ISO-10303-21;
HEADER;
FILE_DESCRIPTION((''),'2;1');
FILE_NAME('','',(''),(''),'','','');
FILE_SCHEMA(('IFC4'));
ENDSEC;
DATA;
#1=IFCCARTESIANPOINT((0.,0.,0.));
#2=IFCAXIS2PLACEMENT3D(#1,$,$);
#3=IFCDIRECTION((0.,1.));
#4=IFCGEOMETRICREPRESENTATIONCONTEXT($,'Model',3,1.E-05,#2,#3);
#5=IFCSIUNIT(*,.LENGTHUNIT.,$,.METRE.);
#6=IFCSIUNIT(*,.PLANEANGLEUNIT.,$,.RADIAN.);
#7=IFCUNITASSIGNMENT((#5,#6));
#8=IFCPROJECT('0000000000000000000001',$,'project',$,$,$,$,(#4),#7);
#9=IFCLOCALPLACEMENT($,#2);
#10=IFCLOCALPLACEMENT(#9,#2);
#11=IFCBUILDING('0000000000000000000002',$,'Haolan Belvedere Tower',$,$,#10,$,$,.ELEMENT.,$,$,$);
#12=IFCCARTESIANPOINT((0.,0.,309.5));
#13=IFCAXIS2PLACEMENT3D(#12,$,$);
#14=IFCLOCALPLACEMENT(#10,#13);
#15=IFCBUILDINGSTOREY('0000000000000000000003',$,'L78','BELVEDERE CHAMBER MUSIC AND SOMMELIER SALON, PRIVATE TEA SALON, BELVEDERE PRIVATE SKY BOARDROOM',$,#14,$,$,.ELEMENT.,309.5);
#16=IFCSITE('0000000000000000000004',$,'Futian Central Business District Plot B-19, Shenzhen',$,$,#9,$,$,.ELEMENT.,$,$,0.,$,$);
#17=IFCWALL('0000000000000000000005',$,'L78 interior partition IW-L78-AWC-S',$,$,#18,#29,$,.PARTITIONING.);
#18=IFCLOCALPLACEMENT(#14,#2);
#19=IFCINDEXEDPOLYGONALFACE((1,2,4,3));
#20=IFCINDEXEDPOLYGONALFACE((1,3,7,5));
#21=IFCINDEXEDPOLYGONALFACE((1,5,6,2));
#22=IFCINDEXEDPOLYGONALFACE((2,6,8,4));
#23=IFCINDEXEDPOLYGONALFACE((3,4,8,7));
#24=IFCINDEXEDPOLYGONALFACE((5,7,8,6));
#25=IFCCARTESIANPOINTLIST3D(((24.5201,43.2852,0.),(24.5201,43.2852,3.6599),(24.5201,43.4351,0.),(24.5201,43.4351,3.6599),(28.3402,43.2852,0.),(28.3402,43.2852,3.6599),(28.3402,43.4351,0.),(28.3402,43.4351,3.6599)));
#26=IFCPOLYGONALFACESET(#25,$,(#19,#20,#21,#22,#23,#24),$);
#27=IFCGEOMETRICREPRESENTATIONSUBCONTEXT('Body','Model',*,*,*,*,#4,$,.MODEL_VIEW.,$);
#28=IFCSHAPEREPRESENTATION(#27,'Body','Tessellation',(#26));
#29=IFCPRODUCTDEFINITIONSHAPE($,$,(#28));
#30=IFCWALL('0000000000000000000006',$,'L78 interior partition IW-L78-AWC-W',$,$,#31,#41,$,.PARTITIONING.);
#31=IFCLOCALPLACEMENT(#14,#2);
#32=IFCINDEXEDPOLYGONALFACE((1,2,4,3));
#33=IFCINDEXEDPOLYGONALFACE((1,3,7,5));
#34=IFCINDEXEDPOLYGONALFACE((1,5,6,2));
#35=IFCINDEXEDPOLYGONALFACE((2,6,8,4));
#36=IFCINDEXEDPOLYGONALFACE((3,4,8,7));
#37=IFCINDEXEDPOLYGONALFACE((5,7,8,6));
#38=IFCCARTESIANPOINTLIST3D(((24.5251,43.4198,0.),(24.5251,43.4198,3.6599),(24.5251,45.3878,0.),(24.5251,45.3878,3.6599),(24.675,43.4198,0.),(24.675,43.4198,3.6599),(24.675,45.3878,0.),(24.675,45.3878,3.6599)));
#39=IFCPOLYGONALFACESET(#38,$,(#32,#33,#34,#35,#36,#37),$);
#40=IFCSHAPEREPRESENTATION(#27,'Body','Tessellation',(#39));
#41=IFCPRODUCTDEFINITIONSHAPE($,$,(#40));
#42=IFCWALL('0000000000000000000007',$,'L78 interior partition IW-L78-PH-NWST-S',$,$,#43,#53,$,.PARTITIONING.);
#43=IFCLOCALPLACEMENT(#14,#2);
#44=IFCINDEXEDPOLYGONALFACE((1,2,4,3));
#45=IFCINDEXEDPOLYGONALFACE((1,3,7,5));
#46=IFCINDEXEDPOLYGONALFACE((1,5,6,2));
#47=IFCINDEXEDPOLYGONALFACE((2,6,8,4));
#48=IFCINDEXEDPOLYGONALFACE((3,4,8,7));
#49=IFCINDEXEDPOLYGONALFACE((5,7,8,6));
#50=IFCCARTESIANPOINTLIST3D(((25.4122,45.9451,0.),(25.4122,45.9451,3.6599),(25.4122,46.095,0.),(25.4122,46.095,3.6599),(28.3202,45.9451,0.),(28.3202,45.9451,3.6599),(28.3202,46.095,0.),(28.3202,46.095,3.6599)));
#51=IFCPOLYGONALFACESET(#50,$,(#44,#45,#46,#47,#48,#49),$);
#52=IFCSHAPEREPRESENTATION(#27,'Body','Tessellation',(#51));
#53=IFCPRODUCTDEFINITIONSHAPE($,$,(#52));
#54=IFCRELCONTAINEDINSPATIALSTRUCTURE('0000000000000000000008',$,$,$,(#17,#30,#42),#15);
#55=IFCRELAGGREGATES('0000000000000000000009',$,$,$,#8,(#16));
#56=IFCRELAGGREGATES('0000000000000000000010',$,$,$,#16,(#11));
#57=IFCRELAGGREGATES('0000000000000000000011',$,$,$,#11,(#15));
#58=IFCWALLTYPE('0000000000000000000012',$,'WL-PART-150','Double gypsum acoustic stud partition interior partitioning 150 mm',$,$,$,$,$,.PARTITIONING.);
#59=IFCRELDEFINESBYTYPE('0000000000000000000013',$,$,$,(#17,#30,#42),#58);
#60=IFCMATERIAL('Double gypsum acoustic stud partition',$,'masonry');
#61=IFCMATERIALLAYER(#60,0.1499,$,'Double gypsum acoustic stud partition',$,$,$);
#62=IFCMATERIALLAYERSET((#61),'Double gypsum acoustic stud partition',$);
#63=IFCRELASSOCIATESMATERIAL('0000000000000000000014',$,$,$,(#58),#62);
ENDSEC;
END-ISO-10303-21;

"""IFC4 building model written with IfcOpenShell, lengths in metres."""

from ifc_helpers import new_model, si_unit, direction, frame, frame_2d, origin, place, context, subcontext, project, spatial, rectangle, extrude, material, layer, layer_set, type_object, element, save


model = new_model("IFC4")

# Units and contexts
model_context = context("Model", 3, precision=1e-05, world=origin(), true_north=direction((0.0, 1.0)))
body_context = subcontext(model_context, "Body", "Model", "MODEL_VIEW")
ifc_project = project(units=[si_unit("LENGTHUNIT", "METRE"), si_unit("PLANEANGLEUNIT", "RADIAN")], contexts=[model_context])

# Site, building, storey
site_placement = place(None, origin())
site = spatial("IfcSite", under=ifc_project, at=site_placement, Name="Futian Central Business District Plot B-19, Shenzhen", CompositionType="ELEMENT", RefElevation=0.0)
building_placement = place(site_placement, origin())
building = spatial("IfcBuilding", under=site, at=building_placement, Name="Haolan Belvedere Tower", CompositionType="ELEMENT")
storey_placement = place(building_placement, frame((0.0, 0.0, 309.5)))
storey = spatial("IfcBuildingStorey", under=building, at=storey_placement, Name="L78", Description="BELVEDERE CHAMBER MUSIC AND SOMMELIER SALON, PRIVATE TEA SALON, BELVEDERE PRIVATE SKY BOARDROOM", CompositionType="ELEMENT", Elevation=309.5)

# Walls
ifc_material_1 = material(Name="Double gypsum acoustic stud partition", Category="masonry")
ifc_layer_1 = layer(ifc_material_1, 0.1499, Name="Double gypsum acoustic stud partition")
ifc_layer_set_1 = layer_set([ifc_layer_1], Name="Double gypsum acoustic stud partition")
wall_type_1 = type_object("IfcWallType", Name="WL-PART-150", Description="Double gypsum acoustic stud partition interior partitioning 150 mm", PredefinedType="PARTITIONING", material=ifc_layer_set_1)
wall_1_placement = place(storey_placement, frame((24.52, 43.3601, 0.0), z_axis=(0.0, 0.0, 1.0), x_axis=(1.0, 0.0, 0.0)))
element("IfcWall", 1, at=wall_1_placement, inside=storey, type_object=wall_type_1, Name="L78 interior partition IW-L78-AWC-S", PredefinedType="PARTITIONING", context=body_context, shape_type="SweptSolid", body=[
    extrude(rectangle(XDim=3.8201, YDim=0.1499, at=frame_2d((1.9102, 0.0))), origin(), (0.0, 0.0, 1.0), 3.6599),
])
wall_2_placement = place(storey_placement, frame((24.6001, 43.4199, 0.0), z_axis=(0.0, 0.0, 1.0), x_axis=(0.0, 1.0, 0.0)))
element("IfcWall", 2, at=wall_2_placement, inside=storey, type_object=wall_type_1, Name="L78 interior partition IW-L78-AWC-W", PredefinedType="PARTITIONING", context=body_context, shape_type="SweptSolid", body=[
    extrude(rectangle(XDim=1.968, YDim=0.1499, at=frame_2d((0.9839, 0.0))), origin(), (0.0, 0.0, 1.0), 3.6599),
])
wall_3_placement = place(storey_placement, frame((25.4121, 46.02, 0.0), z_axis=(0.0, 0.0, 1.0), x_axis=(1.0, 0.0, 0.0)))
element("IfcWall", 3, at=wall_3_placement, inside=storey, type_object=wall_type_1, Name="L78 interior partition IW-L78-PH-NWST-S", PredefinedType="PARTITIONING", context=body_context, shape_type="SweptSolid", body=[
    extrude(rectangle(XDim=2.908, YDim=0.1499, at=frame_2d((1.4541, 0.0))), origin(), (0.0, 0.0, 1.0), 3.6599),
])

save(model, "model.ifc")
